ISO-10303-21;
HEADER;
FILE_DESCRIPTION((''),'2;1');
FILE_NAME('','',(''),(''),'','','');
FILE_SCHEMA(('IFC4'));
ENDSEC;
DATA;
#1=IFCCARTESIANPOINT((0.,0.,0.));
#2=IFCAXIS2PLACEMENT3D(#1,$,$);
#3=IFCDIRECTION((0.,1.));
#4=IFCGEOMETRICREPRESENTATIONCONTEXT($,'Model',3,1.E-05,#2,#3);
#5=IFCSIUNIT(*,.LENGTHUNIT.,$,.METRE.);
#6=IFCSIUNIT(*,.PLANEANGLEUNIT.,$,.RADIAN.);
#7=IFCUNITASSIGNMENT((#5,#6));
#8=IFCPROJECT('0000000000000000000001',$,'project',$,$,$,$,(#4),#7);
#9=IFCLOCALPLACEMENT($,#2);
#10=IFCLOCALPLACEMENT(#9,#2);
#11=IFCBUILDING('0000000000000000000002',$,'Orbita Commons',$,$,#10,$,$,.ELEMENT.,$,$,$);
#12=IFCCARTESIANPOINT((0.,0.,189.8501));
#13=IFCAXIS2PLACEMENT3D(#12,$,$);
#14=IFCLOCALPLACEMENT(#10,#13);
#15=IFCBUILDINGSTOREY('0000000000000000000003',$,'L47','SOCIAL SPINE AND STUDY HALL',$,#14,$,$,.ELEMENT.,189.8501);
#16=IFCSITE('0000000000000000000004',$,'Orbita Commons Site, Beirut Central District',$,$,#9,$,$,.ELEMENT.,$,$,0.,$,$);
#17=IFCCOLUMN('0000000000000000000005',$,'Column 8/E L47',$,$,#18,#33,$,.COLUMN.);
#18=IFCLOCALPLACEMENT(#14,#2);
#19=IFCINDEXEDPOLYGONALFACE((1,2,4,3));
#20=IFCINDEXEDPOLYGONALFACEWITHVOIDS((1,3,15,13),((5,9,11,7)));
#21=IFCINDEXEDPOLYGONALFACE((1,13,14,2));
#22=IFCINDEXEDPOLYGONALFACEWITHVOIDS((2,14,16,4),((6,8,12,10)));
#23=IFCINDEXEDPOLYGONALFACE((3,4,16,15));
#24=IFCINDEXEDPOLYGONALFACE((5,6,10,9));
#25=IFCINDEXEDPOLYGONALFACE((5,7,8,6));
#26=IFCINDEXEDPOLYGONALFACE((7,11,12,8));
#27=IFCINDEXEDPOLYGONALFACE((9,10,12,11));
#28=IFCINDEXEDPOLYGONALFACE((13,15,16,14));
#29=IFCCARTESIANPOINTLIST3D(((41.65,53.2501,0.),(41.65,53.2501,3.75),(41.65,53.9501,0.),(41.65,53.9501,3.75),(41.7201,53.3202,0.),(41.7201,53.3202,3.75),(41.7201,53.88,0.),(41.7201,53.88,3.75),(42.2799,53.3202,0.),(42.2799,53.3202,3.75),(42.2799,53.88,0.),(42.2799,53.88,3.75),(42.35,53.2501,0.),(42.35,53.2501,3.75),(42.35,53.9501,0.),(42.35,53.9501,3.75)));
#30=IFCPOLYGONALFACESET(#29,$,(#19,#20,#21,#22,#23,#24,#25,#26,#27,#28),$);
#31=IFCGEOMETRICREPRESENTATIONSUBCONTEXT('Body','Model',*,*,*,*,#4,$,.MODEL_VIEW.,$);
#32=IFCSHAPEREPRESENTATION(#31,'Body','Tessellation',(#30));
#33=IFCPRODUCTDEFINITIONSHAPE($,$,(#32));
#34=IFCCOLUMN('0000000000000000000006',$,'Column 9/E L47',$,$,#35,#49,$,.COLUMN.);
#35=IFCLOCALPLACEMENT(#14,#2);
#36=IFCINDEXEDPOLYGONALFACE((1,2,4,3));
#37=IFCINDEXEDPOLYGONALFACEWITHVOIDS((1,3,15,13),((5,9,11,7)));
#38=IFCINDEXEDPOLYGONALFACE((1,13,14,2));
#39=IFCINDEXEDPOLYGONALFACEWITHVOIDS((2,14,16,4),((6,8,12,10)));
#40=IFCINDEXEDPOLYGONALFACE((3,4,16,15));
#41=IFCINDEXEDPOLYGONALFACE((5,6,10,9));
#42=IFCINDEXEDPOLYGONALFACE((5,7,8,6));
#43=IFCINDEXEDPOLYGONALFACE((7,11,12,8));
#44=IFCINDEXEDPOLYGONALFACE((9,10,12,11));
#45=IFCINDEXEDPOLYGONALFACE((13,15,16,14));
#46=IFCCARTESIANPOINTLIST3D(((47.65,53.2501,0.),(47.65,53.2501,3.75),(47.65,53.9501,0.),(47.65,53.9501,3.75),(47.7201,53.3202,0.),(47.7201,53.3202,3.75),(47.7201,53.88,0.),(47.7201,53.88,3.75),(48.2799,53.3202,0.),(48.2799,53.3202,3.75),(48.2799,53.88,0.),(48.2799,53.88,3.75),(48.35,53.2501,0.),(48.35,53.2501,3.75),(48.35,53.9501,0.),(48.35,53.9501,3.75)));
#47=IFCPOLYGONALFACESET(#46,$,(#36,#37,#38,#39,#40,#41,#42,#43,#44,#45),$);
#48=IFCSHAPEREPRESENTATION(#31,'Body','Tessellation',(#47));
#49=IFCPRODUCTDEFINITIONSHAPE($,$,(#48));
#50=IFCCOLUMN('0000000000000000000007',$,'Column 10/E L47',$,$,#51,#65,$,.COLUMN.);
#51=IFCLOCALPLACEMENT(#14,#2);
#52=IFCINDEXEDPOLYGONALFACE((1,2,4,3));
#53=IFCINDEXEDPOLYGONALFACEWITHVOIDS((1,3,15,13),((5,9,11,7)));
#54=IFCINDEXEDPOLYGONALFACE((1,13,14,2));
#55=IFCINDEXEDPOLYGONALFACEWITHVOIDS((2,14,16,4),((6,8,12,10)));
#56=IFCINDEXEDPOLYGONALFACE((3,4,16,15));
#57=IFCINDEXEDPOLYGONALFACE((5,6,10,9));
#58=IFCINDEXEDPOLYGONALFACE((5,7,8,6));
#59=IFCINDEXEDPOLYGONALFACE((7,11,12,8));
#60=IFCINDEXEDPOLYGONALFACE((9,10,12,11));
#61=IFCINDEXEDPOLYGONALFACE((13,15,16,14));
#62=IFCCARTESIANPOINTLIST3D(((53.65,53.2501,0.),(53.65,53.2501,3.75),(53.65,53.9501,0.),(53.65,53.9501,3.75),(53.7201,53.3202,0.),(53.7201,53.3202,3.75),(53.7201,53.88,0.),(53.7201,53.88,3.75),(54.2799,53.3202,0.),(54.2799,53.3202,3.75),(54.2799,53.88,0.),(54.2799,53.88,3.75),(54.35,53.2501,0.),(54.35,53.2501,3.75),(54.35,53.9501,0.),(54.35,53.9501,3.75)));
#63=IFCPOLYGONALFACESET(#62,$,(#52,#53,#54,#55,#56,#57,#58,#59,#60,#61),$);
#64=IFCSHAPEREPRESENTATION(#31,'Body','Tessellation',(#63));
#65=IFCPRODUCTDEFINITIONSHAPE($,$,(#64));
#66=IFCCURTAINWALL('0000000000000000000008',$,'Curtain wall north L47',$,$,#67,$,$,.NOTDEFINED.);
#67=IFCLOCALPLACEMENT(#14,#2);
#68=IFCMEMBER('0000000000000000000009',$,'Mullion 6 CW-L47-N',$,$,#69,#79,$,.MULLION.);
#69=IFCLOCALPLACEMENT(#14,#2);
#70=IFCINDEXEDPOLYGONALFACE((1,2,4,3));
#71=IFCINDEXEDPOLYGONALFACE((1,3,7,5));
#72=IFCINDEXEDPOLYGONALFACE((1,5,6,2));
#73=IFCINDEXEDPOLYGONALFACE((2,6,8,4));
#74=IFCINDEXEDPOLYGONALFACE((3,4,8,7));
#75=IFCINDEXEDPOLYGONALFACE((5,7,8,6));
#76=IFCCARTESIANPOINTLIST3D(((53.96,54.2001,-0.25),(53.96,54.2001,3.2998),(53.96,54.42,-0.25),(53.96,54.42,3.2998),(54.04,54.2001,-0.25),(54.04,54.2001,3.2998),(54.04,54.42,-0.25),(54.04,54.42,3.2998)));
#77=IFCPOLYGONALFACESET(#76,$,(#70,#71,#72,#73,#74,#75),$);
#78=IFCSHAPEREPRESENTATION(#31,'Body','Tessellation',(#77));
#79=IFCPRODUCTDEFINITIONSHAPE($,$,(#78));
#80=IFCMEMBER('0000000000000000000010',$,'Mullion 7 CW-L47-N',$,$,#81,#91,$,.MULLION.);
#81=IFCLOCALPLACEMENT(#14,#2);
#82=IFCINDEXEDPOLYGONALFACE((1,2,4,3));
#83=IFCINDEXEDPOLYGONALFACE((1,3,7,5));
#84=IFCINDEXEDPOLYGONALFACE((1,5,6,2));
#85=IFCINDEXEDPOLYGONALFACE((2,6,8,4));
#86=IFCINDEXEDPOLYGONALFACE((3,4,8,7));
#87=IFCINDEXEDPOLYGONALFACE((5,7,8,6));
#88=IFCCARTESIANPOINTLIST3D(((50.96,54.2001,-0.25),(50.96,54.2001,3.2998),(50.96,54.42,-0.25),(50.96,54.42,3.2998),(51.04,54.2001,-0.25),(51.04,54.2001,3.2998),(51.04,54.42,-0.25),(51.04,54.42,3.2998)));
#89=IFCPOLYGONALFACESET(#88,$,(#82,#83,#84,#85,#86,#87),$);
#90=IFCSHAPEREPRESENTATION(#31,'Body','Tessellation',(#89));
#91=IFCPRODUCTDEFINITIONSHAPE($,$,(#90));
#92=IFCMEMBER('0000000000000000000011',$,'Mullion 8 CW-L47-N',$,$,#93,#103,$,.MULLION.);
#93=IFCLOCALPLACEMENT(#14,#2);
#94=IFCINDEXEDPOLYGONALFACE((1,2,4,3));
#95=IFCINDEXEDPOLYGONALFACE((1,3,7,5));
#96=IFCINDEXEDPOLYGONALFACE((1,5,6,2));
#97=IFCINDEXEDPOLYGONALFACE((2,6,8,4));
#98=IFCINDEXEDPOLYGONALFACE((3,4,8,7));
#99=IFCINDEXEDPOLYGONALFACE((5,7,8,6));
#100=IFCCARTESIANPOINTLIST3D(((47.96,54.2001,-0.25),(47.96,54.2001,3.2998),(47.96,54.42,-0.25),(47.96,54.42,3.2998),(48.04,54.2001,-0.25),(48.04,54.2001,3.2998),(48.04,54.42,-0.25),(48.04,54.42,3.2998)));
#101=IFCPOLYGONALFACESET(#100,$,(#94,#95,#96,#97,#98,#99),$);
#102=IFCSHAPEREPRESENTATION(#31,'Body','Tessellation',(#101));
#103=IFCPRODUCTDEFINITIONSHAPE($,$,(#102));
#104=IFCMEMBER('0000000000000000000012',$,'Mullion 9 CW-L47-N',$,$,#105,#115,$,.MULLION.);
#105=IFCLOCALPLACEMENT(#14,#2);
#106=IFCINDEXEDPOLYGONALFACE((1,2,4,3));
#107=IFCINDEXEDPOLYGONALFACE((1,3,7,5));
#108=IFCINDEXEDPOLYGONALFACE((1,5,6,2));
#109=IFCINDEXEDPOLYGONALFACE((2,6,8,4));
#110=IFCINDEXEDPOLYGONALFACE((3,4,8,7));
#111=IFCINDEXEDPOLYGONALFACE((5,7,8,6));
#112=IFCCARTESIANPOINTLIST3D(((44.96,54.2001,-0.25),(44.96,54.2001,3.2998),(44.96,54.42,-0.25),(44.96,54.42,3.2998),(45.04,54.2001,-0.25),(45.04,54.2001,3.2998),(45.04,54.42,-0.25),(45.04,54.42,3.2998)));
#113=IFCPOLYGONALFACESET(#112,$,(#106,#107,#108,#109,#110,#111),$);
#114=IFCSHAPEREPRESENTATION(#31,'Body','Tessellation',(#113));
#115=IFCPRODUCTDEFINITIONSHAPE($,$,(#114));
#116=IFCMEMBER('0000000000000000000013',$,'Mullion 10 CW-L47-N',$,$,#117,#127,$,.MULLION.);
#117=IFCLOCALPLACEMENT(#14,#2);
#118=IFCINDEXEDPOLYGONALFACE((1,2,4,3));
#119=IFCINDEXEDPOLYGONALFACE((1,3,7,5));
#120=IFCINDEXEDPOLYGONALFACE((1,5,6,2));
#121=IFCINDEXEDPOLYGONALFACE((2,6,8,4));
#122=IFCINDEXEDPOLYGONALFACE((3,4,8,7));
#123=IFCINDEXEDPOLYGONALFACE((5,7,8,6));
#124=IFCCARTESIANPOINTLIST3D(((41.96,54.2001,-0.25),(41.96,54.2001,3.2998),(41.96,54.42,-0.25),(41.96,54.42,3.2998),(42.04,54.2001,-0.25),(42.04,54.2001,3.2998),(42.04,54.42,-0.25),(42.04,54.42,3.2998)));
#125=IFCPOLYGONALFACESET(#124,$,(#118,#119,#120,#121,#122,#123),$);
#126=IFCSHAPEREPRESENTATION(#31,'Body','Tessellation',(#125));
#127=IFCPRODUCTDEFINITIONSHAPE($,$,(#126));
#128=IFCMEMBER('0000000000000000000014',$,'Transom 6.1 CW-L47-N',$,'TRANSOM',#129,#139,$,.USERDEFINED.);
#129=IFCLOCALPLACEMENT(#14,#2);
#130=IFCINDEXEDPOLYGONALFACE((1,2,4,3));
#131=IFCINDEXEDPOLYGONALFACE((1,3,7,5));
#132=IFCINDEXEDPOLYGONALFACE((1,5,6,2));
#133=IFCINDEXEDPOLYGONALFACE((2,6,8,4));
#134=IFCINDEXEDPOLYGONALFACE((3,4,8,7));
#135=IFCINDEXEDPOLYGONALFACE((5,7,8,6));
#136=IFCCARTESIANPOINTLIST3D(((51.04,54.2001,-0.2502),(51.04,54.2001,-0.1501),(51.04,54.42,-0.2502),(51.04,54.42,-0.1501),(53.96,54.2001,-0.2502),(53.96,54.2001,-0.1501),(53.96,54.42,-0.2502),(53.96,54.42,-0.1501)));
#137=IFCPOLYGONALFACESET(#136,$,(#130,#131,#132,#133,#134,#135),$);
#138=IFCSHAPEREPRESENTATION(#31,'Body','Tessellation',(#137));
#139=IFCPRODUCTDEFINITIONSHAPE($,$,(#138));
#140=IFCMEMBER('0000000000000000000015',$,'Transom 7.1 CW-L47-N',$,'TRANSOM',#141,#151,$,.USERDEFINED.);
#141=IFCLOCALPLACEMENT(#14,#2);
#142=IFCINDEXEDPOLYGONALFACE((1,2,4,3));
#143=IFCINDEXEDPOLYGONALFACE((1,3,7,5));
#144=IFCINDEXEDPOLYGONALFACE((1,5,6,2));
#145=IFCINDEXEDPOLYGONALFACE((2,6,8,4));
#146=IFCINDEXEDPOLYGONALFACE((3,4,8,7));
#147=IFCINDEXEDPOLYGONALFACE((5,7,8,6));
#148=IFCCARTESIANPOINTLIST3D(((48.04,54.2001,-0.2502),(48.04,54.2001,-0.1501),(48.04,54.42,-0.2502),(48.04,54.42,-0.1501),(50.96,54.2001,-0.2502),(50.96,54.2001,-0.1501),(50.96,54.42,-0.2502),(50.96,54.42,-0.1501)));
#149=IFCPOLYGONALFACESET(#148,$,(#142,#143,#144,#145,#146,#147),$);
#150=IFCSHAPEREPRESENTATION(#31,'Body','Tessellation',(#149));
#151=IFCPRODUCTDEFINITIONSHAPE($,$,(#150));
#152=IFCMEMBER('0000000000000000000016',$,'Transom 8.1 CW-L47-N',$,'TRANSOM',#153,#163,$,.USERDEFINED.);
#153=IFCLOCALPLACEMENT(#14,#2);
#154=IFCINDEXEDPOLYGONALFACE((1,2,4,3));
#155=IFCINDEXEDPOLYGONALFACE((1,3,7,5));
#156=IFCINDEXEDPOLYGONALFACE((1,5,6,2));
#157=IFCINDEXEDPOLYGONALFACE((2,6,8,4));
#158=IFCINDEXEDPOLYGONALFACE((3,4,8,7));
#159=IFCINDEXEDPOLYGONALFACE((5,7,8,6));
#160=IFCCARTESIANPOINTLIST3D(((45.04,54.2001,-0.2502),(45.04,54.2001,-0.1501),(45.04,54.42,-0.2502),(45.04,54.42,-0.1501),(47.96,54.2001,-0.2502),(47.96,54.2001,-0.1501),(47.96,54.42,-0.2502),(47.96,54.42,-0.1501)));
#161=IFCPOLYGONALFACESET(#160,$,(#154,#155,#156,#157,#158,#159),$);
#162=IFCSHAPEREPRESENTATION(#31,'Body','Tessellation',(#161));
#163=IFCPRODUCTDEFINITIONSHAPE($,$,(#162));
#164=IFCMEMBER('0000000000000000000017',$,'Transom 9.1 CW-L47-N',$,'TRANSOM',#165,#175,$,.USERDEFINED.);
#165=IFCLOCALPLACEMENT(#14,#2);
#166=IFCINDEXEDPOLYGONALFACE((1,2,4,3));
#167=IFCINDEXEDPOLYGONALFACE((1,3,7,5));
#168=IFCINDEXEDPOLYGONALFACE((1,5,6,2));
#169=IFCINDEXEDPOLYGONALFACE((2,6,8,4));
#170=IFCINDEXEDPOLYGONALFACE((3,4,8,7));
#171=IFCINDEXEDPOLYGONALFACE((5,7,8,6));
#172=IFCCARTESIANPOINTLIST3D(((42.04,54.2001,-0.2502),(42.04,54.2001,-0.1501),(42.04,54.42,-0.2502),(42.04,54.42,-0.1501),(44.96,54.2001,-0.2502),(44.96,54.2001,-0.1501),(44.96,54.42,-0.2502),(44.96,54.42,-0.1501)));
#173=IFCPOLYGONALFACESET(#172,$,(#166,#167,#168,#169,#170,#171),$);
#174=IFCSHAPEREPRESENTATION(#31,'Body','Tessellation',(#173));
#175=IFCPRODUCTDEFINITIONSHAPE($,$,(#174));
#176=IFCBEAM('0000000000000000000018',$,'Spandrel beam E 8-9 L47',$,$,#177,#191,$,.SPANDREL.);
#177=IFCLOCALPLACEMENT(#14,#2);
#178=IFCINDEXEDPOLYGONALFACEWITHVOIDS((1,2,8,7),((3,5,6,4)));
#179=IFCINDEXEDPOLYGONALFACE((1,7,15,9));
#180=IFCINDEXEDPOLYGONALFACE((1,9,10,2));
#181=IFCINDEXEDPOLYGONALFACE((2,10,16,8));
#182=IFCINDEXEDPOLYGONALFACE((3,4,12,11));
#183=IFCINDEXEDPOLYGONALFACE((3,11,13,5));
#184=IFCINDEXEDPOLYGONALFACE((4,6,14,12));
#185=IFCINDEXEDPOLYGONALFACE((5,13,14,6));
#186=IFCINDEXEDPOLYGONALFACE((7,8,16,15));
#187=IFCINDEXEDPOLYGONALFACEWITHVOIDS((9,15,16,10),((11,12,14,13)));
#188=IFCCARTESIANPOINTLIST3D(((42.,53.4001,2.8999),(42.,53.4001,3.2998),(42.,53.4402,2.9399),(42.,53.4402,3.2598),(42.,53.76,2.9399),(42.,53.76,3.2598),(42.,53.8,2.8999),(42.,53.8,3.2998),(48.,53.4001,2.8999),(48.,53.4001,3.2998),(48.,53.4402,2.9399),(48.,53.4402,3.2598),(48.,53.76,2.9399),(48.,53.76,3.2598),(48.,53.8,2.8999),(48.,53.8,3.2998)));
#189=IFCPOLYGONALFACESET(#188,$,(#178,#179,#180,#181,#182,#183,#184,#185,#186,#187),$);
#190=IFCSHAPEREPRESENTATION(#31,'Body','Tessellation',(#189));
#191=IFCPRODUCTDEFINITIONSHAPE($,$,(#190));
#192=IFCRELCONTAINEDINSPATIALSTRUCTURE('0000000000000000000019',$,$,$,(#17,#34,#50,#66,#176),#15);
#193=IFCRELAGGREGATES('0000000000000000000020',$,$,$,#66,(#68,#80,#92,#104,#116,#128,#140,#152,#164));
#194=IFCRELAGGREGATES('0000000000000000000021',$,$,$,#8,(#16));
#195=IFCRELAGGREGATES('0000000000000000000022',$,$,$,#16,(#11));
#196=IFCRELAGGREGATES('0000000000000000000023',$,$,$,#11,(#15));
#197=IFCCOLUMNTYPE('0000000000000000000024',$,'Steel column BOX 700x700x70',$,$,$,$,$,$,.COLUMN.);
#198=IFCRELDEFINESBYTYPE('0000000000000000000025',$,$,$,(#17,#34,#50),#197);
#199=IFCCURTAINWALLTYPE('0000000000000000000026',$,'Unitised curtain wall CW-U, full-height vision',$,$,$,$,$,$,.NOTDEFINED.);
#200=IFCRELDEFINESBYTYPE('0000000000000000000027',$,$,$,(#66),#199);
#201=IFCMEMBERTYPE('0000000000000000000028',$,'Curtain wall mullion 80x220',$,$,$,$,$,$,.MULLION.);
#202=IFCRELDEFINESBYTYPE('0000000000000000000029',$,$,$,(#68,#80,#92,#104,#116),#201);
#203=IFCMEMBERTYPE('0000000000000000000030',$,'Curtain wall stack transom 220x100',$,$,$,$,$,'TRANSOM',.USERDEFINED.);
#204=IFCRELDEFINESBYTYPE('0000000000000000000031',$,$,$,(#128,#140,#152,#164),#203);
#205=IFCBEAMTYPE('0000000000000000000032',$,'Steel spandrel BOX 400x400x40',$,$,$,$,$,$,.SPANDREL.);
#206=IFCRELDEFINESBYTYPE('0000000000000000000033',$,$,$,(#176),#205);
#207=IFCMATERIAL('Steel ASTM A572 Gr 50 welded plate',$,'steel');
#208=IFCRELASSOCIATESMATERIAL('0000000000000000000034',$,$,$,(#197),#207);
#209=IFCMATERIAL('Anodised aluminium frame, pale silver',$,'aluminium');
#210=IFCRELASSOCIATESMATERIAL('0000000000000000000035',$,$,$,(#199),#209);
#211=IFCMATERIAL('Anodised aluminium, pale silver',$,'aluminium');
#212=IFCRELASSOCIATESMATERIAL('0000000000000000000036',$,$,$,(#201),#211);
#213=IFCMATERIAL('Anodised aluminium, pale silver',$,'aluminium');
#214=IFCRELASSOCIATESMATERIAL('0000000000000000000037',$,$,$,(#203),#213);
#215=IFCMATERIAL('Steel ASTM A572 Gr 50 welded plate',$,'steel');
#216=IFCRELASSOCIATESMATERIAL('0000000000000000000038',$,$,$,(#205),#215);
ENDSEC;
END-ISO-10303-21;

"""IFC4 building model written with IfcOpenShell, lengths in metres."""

from ifc_helpers import new_model, si_unit, direction, frame, origin, origin_2d, place, context, subcontext, project, spatial, rectangle, hollow_rectangle, extrude, material, material_profile, profile_set, type_object, element, aggregate, save


model = new_model("IFC4")

# Units and contexts
model_context = context("Model", 3, precision=1e-05, world=origin(), true_north=direction((0.0, 1.0)))
body_context = subcontext(model_context, "Body", "Model", "MODEL_VIEW")
ifc_project = project(units=[si_unit("LENGTHUNIT", "METRE"), si_unit("PLANEANGLEUNIT", "RADIAN")], contexts=[model_context])

# Site, building, storey
site_placement = place(None, origin())
site = spatial("IfcSite", under=ifc_project, at=site_placement, Name="Orbita Commons Site, Beirut Central District", CompositionType="ELEMENT", RefElevation=0.0)
building_placement = place(site_placement, origin())
building = spatial("IfcBuilding", under=site, at=building_placement, Name="Orbita Commons", CompositionType="ELEMENT")
storey_placement = place(building_placement, frame((0.0, 0.0, 189.8501)))
storey = spatial("IfcBuildingStorey", under=building, at=storey_placement, Name="L47", Description="SOCIAL SPINE AND STUDY HALL", CompositionType="ELEMENT", Elevation=189.8501)

# Columns
ifc_material_1 = material(Name="Steel ASTM A572 Gr 50 welded plate", Category="steel")
ifc_material_profile_1 = material_profile(ifc_material_1, hollow_rectangle(XDim=0.7, YDim=0.7, WallThickness=0.0701, at=origin_2d()), Name="BOX 700x700x70")
ifc_profile_set_1 = profile_set([ifc_material_profile_1], Name="Steel ASTM A572 Gr 50 welded plate")
column_type = type_object("IfcColumnType", Name="Steel column BOX 700x700x70", PredefinedType="COLUMN", material=ifc_profile_set_1)
for number, where, z_axis, x_axis, name in (
    (1, (42.0, 53.6001, 0.0), (0.0, 0.0, 1.0), (1.0, 0.0, 0.0), "Column 8/E L47"),
    (2, (48.0, 53.6001, 0.0), (0.0, 0.0, 1.0), (1.0, 0.0, 0.0), "Column 9/E L47"),
    (3, (54.0, 53.6001, 0.0), (0.0, 0.0, 1.0), (1.0, 0.0, 0.0), "Column 10/E L47"),
):
    element("IfcColumn", number, at=place(storey_placement, frame(where, z_axis=z_axis, x_axis=x_axis)), inside=storey, type_object=column_type, Name=name, PredefinedType="COLUMN", context=body_context, shape_type="SweptSolid", body=[
        extrude(hollow_rectangle(XDim=0.7, YDim=0.7, WallThickness=0.0701, at=origin_2d()), origin(), (0.0, 0.0, 1.0), 3.75),
    ])

# Curtain wall, members
ifc_material_2 = material(Name="Anodised aluminium frame, pale silver", Category="aluminium")
curtain_wall_type = type_object("IfcCurtainWallType", Name="Unitised curtain wall CW-U, full-height vision", PredefinedType="NOTDEFINED", material=ifc_material_2)
curtain_wall_placement = place(storey_placement, origin())
curtain_wall = element("IfcCurtainWall", 4, at=curtain_wall_placement, inside=storey, type_object=curtain_wall_type, Name="Curtain wall north L47", PredefinedType="NOTDEFINED")
ifc_material_3 = material(Name="Anodised aluminium, pale silver", Category="aluminium")
ifc_material_profile_2 = material_profile(ifc_material_3, rectangle(XDim=0.0801, YDim=0.22, at=origin_2d()), Name="AL 80x220")
ifc_profile_set_2 = profile_set([ifc_material_profile_2], Name="Anodised aluminium, pale silver")
member_type_1 = type_object("IfcMemberType", Name="Curtain wall mullion 80x220", PredefinedType="MULLION", material=ifc_profile_set_2)
member_1_placement = place(storey_placement, frame((54.0, 54.3101, -0.25), z_axis=(0.0, 0.0, 1.0), x_axis=(-1.0, 0.0, 0.0)))
member_1 = element("IfcMember", 5, at=member_1_placement, type_object=member_type_1, Name="Mullion 6 CW-L47-N", PredefinedType="MULLION", context=body_context, shape_type="SweptSolid", body=[
    extrude(rectangle(XDim=0.0801, YDim=0.22, at=origin_2d()), origin(), (0.0, 0.0, 1.0), 3.5498),
])
member_2_placement = place(storey_placement, frame((51.0, 54.3101, -0.25), z_axis=(0.0, 0.0, 1.0), x_axis=(-1.0, 0.0, 0.0)))
member_2 = element("IfcMember", 6, at=member_2_placement, type_object=member_type_1, Name="Mullion 7 CW-L47-N", PredefinedType="MULLION", context=body_context, shape_type="SweptSolid", body=[
    extrude(rectangle(XDim=0.0801, YDim=0.22, at=origin_2d()), origin(), (0.0, 0.0, 1.0), 3.5498),
])
member_3_placement = place(storey_placement, frame((48.0, 54.3101, -0.25), z_axis=(0.0, 0.0, 1.0), x_axis=(-1.0, 0.0, 0.0)))
member_3 = element("IfcMember", 7, at=member_3_placement, type_object=member_type_1, Name="Mullion 8 CW-L47-N", PredefinedType="MULLION", context=body_context, shape_type="SweptSolid", body=[
    extrude(rectangle(XDim=0.0801, YDim=0.22, at=origin_2d()), origin(), (0.0, 0.0, 1.0), 3.5498),
])
member_4_placement = place(storey_placement, frame((45.0, 54.3101, -0.25), z_axis=(0.0, 0.0, 1.0), x_axis=(-1.0, 0.0, 0.0)))
member_4 = element("IfcMember", 8, at=member_4_placement, type_object=member_type_1, Name="Mullion 9 CW-L47-N", PredefinedType="MULLION", context=body_context, shape_type="SweptSolid", body=[
    extrude(rectangle(XDim=0.0801, YDim=0.22, at=origin_2d()), origin(), (0.0, 0.0, 1.0), 3.5498),
])
member_5_placement = place(storey_placement, frame((42.0, 54.3101, -0.25), z_axis=(0.0, 0.0, 1.0), x_axis=(-1.0, 0.0, 0.0)))
member_5 = element("IfcMember", 9, at=member_5_placement, type_object=member_type_1, Name="Mullion 10 CW-L47-N", PredefinedType="MULLION", context=body_context, shape_type="SweptSolid", body=[
    extrude(rectangle(XDim=0.0801, YDim=0.22, at=origin_2d()), origin(), (0.0, 0.0, 1.0), 3.5498),
])
ifc_material_4 = material(Name="Anodised aluminium, pale silver", Category="aluminium")
ifc_material_profile_3 = material_profile(ifc_material_4, rectangle(XDim=0.22, YDim=0.1001, at=origin_2d()), Name="AL 220x100")
ifc_profile_set_3 = profile_set([ifc_material_profile_3], Name="Anodised aluminium, pale silver")
member_type_2 = type_object("IfcMemberType", Name="Curtain wall stack transom 220x100", ElementType="TRANSOM", PredefinedType="USERDEFINED", material=ifc_profile_set_3)
member_6_placement = place(storey_placement, frame((53.96, 54.3101, -0.2002), z_axis=(-1.0, 0.0, 0.0), x_axis=(0.0, -1.0, 0.0)))
member_6 = element("IfcMember", 10, at=member_6_placement, type_object=member_type_2, Name="Transom 6.1 CW-L47-N", ObjectType="TRANSOM", PredefinedType="USERDEFINED", context=body_context, shape_type="SweptSolid", body=[
    extrude(rectangle(XDim=0.22, YDim=0.1001, at=origin_2d()), origin(), (0.0, 0.0, 1.0), 2.9199),
])
member_7_placement = place(storey_placement, frame((50.96, 54.3101, -0.2002), z_axis=(-1.0, 0.0, 0.0), x_axis=(0.0, -1.0, 0.0)))
member_7 = element("IfcMember", 11, at=member_7_placement, type_object=member_type_2, Name="Transom 7.1 CW-L47-N", ObjectType="TRANSOM", PredefinedType="USERDEFINED", context=body_context, shape_type="SweptSolid", body=[
    extrude(rectangle(XDim=0.22, YDim=0.1001, at=origin_2d()), origin(), (0.0, 0.0, 1.0), 2.9199),
])
member_8_placement = place(storey_placement, frame((47.96, 54.3101, -0.2002), z_axis=(-1.0, 0.0, 0.0), x_axis=(0.0, -1.0, 0.0)))
member_8 = element("IfcMember", 12, at=member_8_placement, type_object=member_type_2, Name="Transom 8.1 CW-L47-N", ObjectType="TRANSOM", PredefinedType="USERDEFINED", context=body_context, shape_type="SweptSolid", body=[
    extrude(rectangle(XDim=0.22, YDim=0.1001, at=origin_2d()), origin(), (0.0, 0.0, 1.0), 2.9199),
])
member_9_placement = place(storey_placement, frame((44.96, 54.3101, -0.2002), z_axis=(-1.0, 0.0, 0.0), x_axis=(0.0, -1.0, 0.0)))
member_9 = element("IfcMember", 13, at=member_9_placement, type_object=member_type_2, Name="Transom 9.1 CW-L47-N", ObjectType="TRANSOM", PredefinedType="USERDEFINED", context=body_context, shape_type="SweptSolid", body=[
    extrude(rectangle(XDim=0.22, YDim=0.1001, at=origin_2d()), origin(), (0.0, 0.0, 1.0), 2.9199),
])

# Beam
ifc_material_5 = material(Name="Steel ASTM A572 Gr 50 welded plate", Category="steel")
ifc_material_profile_4 = material_profile(ifc_material_5, hollow_rectangle(XDim=0.3999, YDim=0.3999, WallThickness=0.04, at=origin_2d()), Name="BOX 400x400x40")
ifc_profile_set_4 = profile_set([ifc_material_profile_4], Name="Steel ASTM A572 Gr 50 welded plate")
beam_type = type_object("IfcBeamType", Name="Steel spandrel BOX 400x400x40", PredefinedType="SPANDREL", material=ifc_profile_set_4)
for number, where, z_axis, x_axis, name in (
    (14, (42.0, 53.6001, 3.0999), (1.0, 0.0, 0.0), (0.0, 1.0, 0.0), "Spandrel beam E 8-9 L47"),
):
    element("IfcBeam", number, at=place(storey_placement, frame(where, z_axis=z_axis, x_axis=x_axis)), inside=storey, type_object=beam_type, Name=name, PredefinedType="SPANDREL", context=body_context, shape_type="SweptSolid", body=[
        extrude(hollow_rectangle(XDim=0.3999, YDim=0.3999, WallThickness=0.04, at=origin_2d()), origin(), (0.0, 0.0, 1.0), 6.0),
    ])

aggregate(curtain_wall, [member_1, member_2, member_3, member_4, member_5, member_6, member_7, member_8, member_9])

save(model, "model.ifc")
